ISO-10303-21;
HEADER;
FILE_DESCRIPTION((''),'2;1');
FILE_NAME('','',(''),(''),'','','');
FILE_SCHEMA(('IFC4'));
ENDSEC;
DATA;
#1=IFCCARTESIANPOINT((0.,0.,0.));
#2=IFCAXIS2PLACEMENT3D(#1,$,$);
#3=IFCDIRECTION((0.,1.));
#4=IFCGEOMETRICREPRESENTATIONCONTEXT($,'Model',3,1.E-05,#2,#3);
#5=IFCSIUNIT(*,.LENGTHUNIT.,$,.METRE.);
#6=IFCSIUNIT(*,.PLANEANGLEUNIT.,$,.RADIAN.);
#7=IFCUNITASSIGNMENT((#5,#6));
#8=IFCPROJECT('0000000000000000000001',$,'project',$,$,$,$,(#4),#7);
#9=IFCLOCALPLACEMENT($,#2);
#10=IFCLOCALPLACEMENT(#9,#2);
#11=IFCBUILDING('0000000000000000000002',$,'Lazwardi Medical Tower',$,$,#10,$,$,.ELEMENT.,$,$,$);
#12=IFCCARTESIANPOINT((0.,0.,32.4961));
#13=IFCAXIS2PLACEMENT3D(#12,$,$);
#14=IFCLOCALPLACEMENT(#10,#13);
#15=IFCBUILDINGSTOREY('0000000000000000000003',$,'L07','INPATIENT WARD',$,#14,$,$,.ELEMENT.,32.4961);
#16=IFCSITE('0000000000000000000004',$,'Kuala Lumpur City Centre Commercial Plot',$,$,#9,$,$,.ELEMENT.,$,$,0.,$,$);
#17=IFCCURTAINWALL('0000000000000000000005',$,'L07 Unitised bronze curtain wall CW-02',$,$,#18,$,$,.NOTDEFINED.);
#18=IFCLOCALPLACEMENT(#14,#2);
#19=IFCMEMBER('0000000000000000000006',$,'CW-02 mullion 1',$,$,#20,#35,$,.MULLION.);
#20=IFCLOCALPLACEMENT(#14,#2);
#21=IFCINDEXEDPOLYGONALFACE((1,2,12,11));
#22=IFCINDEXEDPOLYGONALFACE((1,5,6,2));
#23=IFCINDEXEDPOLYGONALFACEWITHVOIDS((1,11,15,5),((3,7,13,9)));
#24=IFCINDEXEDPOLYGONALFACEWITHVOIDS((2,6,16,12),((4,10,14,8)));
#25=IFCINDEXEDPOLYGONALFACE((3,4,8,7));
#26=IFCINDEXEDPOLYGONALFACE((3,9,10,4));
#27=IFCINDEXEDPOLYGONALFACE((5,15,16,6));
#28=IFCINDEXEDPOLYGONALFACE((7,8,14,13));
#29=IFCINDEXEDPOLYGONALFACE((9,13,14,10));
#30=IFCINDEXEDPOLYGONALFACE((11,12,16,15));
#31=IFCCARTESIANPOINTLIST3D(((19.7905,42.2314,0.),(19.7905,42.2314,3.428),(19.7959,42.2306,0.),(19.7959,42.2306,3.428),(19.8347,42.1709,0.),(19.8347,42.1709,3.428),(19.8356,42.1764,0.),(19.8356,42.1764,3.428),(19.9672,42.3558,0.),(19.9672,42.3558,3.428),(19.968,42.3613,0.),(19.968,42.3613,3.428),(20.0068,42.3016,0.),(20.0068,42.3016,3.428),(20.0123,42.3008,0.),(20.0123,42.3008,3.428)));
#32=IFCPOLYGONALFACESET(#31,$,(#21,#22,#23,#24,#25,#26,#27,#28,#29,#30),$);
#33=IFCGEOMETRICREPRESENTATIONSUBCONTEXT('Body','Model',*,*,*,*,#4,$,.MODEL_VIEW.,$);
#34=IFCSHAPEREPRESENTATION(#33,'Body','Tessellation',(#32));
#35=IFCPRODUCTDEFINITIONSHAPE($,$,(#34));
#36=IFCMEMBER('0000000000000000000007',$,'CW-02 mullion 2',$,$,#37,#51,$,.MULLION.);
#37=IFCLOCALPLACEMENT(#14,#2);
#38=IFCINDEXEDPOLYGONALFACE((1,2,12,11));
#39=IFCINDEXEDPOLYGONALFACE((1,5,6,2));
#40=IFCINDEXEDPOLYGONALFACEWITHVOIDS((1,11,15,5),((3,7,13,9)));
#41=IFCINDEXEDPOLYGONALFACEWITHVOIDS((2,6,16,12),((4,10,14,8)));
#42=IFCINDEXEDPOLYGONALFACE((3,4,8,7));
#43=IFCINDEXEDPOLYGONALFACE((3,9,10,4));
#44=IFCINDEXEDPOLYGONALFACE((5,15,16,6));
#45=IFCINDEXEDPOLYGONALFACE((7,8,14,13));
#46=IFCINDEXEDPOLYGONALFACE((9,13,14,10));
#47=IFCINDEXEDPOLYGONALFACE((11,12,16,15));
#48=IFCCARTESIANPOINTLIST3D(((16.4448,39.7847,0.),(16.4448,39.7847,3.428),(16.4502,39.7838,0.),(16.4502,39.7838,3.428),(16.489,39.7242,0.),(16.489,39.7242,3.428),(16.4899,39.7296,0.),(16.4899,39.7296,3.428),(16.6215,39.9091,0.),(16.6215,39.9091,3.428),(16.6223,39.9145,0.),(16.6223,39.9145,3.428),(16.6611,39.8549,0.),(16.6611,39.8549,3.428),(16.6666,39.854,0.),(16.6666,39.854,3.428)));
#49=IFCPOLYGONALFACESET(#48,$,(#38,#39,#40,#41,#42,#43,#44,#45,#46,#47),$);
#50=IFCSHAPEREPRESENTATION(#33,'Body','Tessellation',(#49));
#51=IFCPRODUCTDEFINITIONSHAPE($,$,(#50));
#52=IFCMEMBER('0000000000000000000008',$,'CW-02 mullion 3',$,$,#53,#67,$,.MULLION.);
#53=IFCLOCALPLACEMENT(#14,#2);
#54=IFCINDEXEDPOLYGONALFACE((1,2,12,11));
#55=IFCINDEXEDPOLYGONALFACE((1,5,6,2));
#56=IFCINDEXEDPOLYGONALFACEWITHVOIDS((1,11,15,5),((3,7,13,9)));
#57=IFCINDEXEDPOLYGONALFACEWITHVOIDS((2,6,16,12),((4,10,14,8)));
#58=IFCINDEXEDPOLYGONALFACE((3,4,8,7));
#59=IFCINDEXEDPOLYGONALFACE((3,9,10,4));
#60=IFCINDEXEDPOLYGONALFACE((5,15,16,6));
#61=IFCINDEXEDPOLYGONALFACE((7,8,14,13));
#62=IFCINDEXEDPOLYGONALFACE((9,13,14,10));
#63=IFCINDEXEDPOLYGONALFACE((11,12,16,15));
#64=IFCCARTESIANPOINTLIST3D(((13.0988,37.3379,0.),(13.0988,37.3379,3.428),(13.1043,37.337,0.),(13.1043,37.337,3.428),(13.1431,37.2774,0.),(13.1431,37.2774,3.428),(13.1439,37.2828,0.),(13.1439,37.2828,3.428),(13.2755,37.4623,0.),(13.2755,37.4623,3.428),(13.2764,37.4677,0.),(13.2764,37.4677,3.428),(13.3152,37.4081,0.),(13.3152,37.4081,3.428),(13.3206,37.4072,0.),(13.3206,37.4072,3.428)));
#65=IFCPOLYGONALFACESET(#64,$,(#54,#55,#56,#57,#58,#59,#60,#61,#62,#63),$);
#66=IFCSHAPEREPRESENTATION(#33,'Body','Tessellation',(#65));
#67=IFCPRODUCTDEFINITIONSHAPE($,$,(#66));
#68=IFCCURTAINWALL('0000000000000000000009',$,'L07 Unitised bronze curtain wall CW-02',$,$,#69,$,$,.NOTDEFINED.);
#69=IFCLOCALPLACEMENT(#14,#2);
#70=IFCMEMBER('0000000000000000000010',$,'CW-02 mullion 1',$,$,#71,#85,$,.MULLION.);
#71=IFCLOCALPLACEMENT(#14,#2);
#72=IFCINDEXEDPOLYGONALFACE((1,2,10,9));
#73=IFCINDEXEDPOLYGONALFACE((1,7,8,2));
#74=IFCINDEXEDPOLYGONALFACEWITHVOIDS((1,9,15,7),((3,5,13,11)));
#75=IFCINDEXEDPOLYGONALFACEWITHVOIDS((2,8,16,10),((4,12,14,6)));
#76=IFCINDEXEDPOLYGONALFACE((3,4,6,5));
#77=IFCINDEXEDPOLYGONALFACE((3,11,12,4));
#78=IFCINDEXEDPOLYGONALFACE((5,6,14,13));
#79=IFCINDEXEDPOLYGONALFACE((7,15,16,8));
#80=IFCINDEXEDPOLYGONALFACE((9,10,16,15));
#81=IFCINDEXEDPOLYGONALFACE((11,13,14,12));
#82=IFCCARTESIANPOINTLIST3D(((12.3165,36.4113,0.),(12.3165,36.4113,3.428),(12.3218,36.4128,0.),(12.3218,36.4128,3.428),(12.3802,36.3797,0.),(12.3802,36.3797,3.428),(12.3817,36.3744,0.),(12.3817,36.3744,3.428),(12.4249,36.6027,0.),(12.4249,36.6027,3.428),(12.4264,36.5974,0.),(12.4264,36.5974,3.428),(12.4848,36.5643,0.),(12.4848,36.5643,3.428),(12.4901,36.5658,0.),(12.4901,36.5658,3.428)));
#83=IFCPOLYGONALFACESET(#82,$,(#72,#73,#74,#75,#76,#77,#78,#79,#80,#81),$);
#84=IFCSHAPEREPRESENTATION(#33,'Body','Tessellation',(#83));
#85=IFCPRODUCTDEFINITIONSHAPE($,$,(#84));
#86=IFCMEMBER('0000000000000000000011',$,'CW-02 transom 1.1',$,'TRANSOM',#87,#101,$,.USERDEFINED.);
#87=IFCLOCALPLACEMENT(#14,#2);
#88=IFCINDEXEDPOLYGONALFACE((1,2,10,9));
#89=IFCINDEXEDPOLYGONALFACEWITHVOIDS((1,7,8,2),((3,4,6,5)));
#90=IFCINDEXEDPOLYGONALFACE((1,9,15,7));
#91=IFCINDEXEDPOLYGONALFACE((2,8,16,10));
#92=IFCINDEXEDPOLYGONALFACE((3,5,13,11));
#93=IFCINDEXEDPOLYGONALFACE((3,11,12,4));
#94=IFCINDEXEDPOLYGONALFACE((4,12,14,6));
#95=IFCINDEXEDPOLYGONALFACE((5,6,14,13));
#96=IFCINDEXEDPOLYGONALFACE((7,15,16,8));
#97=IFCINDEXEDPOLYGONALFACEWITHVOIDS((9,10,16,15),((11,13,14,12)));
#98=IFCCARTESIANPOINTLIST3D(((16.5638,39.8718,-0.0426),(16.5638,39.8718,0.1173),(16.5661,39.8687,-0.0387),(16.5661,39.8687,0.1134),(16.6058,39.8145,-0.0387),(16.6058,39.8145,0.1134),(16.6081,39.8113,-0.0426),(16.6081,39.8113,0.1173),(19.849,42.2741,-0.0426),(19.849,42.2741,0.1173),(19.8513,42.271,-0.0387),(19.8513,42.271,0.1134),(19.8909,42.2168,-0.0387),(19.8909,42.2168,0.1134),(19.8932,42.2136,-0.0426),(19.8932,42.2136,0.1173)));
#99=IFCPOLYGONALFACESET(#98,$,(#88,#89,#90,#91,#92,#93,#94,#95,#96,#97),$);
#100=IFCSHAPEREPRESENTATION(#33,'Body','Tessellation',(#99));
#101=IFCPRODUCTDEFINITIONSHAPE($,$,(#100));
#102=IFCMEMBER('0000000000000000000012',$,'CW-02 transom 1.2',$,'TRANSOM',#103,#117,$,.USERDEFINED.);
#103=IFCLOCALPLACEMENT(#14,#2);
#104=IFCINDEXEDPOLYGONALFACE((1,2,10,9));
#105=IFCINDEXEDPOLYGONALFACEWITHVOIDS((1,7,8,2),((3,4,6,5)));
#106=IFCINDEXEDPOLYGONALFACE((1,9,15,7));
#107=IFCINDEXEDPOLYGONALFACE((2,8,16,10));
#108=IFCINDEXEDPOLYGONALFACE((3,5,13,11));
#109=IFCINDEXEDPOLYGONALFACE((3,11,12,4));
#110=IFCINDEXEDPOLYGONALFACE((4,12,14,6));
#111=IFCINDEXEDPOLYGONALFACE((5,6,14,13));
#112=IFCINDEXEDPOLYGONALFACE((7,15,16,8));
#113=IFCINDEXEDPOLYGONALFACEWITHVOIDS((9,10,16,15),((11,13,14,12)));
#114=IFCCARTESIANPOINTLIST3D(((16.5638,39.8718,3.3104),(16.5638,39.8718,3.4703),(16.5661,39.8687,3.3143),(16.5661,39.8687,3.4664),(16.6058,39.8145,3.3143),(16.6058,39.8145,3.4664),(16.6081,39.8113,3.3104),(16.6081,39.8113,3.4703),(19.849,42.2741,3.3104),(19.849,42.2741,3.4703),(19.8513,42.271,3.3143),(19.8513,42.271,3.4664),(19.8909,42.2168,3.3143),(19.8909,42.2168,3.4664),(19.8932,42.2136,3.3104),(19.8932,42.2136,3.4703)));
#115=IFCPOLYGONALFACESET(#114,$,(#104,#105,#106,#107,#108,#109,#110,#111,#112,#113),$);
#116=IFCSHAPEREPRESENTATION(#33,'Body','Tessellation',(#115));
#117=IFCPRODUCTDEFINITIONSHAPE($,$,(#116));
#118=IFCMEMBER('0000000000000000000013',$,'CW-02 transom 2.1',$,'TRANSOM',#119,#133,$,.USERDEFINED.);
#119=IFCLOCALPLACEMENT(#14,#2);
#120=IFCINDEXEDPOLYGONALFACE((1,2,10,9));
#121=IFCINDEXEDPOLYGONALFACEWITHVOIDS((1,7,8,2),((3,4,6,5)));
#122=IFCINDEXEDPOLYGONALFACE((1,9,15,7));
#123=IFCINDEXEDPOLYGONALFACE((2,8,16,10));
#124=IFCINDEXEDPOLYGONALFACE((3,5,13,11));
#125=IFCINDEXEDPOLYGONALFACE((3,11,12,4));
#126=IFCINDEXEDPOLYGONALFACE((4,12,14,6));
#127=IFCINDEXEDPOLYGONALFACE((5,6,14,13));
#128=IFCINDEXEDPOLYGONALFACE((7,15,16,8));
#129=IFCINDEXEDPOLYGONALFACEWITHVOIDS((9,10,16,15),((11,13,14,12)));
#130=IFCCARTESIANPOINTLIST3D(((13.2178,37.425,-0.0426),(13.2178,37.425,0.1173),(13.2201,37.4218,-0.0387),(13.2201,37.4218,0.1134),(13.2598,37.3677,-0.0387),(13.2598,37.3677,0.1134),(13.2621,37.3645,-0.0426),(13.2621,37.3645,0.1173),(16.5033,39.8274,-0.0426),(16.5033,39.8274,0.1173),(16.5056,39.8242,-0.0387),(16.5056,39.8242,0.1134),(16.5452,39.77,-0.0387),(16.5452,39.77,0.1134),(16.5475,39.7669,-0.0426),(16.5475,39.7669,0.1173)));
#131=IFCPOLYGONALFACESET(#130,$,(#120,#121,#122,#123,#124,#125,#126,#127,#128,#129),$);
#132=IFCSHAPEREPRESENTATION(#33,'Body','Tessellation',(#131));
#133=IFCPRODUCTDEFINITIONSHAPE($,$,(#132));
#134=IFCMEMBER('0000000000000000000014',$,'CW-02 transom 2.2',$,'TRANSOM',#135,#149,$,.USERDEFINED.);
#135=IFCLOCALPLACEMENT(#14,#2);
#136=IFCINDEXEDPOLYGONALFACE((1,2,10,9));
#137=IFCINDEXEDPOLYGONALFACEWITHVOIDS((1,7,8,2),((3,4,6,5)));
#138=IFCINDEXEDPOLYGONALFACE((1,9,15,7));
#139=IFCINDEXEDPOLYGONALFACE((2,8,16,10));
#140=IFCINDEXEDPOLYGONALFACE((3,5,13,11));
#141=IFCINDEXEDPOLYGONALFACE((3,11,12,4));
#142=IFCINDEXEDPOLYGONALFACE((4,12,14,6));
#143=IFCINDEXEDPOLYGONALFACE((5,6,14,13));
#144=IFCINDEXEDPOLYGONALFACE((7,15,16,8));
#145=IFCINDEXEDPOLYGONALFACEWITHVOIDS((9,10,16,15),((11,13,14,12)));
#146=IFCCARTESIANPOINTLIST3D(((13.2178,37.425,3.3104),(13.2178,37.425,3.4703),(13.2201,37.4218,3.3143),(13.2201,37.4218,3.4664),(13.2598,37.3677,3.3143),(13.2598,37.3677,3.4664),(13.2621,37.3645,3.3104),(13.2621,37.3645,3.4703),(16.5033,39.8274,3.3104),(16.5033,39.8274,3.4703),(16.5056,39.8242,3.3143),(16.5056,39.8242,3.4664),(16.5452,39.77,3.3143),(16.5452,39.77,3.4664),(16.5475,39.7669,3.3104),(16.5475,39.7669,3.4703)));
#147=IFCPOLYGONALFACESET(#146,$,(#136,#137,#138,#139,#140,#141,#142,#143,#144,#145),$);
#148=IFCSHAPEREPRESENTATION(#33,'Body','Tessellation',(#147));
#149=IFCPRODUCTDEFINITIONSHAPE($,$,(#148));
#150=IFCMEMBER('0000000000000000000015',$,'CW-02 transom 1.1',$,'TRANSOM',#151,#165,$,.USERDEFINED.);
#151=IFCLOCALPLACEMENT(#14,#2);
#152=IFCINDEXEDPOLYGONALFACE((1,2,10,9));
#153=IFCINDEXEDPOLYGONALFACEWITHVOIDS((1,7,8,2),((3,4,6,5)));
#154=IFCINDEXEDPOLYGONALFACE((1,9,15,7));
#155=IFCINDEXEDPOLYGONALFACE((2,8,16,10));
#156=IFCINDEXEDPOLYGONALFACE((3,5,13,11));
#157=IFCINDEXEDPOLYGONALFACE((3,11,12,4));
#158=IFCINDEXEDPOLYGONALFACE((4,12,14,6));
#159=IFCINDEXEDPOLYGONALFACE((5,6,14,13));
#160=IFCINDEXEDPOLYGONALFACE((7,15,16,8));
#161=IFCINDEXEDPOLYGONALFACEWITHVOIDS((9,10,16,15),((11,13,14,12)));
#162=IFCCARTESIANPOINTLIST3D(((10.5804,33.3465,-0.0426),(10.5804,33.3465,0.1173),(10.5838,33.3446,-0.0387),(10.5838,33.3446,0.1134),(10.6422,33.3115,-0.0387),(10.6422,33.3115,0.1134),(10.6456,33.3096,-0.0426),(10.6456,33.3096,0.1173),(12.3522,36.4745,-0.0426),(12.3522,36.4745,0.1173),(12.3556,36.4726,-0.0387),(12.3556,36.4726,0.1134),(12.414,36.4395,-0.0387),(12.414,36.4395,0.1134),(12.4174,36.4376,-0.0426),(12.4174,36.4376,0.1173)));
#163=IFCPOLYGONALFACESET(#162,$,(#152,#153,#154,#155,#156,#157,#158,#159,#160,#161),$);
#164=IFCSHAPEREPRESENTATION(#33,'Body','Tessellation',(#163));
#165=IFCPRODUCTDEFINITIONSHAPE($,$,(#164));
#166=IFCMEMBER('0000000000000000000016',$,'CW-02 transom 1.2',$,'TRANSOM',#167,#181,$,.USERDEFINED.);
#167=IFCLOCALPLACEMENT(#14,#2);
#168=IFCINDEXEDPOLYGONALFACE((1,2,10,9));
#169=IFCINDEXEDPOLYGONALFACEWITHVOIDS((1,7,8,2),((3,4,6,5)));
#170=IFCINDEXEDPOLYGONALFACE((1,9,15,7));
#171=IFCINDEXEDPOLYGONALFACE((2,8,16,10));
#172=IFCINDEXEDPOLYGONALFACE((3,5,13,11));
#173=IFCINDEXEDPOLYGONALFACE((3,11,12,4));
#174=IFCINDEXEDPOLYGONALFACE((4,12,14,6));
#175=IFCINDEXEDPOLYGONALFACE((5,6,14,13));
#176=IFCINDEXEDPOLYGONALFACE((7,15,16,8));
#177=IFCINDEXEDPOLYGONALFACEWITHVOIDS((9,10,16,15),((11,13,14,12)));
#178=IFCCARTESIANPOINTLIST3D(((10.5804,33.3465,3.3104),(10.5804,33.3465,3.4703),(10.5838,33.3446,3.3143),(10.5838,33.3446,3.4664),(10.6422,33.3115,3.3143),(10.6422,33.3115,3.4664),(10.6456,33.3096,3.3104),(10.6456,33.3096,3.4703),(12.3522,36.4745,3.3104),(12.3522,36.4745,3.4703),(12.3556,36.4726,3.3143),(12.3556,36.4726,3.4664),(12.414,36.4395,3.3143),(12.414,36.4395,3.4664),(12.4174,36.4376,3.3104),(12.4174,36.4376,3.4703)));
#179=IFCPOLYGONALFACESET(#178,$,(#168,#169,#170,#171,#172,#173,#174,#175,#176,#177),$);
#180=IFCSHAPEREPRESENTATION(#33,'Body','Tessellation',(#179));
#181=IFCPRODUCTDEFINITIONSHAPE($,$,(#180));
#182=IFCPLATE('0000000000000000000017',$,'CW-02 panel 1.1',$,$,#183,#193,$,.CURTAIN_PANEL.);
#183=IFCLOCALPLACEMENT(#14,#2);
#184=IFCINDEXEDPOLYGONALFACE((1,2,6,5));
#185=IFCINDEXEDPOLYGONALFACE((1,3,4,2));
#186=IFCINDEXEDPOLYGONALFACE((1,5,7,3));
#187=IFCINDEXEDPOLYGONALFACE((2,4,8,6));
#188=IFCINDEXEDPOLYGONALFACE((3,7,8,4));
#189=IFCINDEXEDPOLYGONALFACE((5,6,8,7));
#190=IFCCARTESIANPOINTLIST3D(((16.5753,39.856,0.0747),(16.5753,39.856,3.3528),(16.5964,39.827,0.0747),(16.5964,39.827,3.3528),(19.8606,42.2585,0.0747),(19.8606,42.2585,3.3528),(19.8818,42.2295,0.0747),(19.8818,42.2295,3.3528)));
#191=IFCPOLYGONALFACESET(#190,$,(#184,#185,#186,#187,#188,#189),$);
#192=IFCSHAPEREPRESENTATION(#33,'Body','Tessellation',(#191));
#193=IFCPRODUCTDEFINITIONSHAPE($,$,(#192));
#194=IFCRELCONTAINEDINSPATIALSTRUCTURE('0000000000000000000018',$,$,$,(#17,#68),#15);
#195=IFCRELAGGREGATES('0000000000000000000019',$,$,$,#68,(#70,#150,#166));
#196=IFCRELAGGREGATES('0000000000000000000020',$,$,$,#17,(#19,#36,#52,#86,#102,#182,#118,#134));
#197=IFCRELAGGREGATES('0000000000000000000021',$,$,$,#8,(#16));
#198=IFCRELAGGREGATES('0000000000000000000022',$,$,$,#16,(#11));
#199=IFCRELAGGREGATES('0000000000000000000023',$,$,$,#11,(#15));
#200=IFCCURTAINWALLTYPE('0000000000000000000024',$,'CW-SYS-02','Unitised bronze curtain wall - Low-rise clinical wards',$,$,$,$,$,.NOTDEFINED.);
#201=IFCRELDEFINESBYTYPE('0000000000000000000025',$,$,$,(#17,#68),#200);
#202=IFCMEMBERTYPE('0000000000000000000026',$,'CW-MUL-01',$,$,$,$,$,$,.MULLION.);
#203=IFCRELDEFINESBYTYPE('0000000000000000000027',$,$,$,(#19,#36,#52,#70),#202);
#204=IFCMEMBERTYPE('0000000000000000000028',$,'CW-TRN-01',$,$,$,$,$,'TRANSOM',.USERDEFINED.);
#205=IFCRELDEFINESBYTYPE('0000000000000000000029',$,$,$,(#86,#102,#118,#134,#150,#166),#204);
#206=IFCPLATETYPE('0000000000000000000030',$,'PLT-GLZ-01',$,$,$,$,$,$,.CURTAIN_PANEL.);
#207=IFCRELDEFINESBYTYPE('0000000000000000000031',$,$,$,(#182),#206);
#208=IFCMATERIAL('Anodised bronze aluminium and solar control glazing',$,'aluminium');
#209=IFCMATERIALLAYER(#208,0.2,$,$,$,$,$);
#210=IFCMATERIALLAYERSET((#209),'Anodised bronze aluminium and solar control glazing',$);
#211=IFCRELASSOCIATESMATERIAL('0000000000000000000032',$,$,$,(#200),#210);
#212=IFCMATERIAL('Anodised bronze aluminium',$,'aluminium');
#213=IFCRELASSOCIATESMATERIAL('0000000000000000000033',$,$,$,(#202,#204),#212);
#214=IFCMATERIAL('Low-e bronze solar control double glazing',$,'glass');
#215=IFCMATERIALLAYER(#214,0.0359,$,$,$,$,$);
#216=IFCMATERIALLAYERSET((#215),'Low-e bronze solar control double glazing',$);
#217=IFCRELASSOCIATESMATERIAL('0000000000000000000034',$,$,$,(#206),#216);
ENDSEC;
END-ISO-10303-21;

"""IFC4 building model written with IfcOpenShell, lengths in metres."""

from ifc_helpers import new_model, si_unit, direction, frame, origin, origin_2d, place, context, subcontext, project, spatial, rectangle, hollow_rectangle, extrude, material, layer, layer_set, material_profile, profile_set, type_object, element, aggregate, save


model = new_model("IFC4")

# Units and contexts
model_context = context("Model", 3, precision=1e-05, world=origin(), true_north=direction((0.0, 1.0)))
body_context = subcontext(model_context, "Body", "Model", "MODEL_VIEW")
ifc_project = project(units=[si_unit("LENGTHUNIT", "METRE"), si_unit("PLANEANGLEUNIT", "RADIAN")], contexts=[model_context])

# Site, building, storey
site_placement = place(None, origin())
site = spatial("IfcSite", under=ifc_project, at=site_placement, Name="Kuala Lumpur City Centre Commercial Plot", CompositionType="ELEMENT", RefElevation=0.0)
building_placement = place(site_placement, origin())
building = spatial("IfcBuilding", under=site, at=building_placement, Name="Lazwardi Medical Tower", CompositionType="ELEMENT")
storey_placement = place(building_placement, frame((0.0, 0.0, 32.4961)))
storey = spatial("IfcBuildingStorey", under=building, at=storey_placement, Name="L07", Description="INPATIENT WARD", CompositionType="ELEMENT", Elevation=32.4961)

# Shared definitions
ifc_material_1 = material(Name="Anodised bronze aluminium and solar control glazing", Category="aluminium")
ifc_layer_1 = layer(ifc_material_1, 0.2)
ifc_layer_set_1 = layer_set([ifc_layer_1], Name="Anodised bronze aluminium and solar control glazing")
curtain_wall_type = type_object("IfcCurtainWallType", Name="CW-SYS-02", Description="Unitised bronze curtain wall - Low-rise clinical wards", PredefinedType="NOTDEFINED", material=ifc_layer_set_1)
ifc_material_2 = material(Name="Anodised bronze aluminium", Category="aluminium")
ifc_material_profile_1 = material_profile(ifc_material_2, hollow_rectangle(XDim=0.075, YDim=0.22, WallThickness=0.0039, at=origin_2d()), Name="ALU-MULLION 220x75x4")
ifc_profile_set_1 = profile_set([ifc_material_profile_1], Name="Anodised bronze aluminium")
member_type_1 = type_object("IfcMemberType", Name="CW-MUL-01", PredefinedType="MULLION", material=ifc_profile_set_1)

# Curtain wall, members
curtain_wall_1_placement = place(storey_placement, origin())
curtain_wall_1 = element("IfcCurtainWall", 1, at=curtain_wall_1_placement, inside=storey, type_object=curtain_wall_type, Name="L07 Unitised bronze curtain wall CW-02", PredefinedType="NOTDEFINED")
member_1_placement = place(storey_placement, frame((19.9014, 42.2661, 0.0), z_axis=(0.0, 0.0, 1.0), x_axis=(0.590289, -0.807192, 0.0)))
member_1 = element("IfcMember", 2, at=member_1_placement, type_object=member_type_1, Name="CW-02 mullion 1", PredefinedType="MULLION", context=body_context, shape_type="SweptSolid", body=[
    extrude(hollow_rectangle(XDim=0.075, YDim=0.22, WallThickness=0.0039, at=origin_2d()), origin(), (0.0, 0.0, 1.0), 3.428),
])
member_2_placement = place(storey_placement, frame((16.5557, 39.8193, 0.0), z_axis=(0.0, 0.0, 1.0), x_axis=(0.590289, -0.807192, 0.0)))
member_2 = element("IfcMember", 3, at=member_2_placement, type_object=member_type_1, Name="CW-02 mullion 2", PredefinedType="MULLION", context=body_context, shape_type="SweptSolid", body=[
    extrude(hollow_rectangle(XDim=0.075, YDim=0.22, WallThickness=0.0039, at=origin_2d()), origin(), (0.0, 0.0, 1.0), 3.428),
])
member_3_placement = place(storey_placement, frame((13.2097, 37.3726, 0.0), z_axis=(0.0, 0.0, 1.0), x_axis=(0.590289, -0.807192, 0.0)))
member_3 = element("IfcMember", 4, at=member_3_placement, type_object=member_type_1, Name="CW-02 mullion 3", PredefinedType="MULLION", context=body_context, shape_type="SweptSolid", body=[
    extrude(hollow_rectangle(XDim=0.075, YDim=0.22, WallThickness=0.0039, at=origin_2d()), origin(), (0.0, 0.0, 1.0), 3.428),
])

# Curtain wall, member
curtain_wall_2_placement = place(storey_placement, origin())
curtain_wall_2 = element("IfcCurtainWall", 5, at=curtain_wall_2_placement, inside=storey, type_object=curtain_wall_type, Name="L07 Unitised bronze curtain wall CW-02", PredefinedType="NOTDEFINED")
member_4_placement = place(storey_placement, frame((12.4033, 36.4885, 0.0), z_axis=(0.0, 0.0, 1.0), x_axis=(0.870112, -0.492854, 0.0)))
member_4 = element("IfcMember", 6, at=member_4_placement, type_object=member_type_1, Name="CW-02 mullion 1", PredefinedType="MULLION", context=body_context, shape_type="SweptSolid", body=[
    extrude(hollow_rectangle(XDim=0.075, YDim=0.22, WallThickness=0.0039, at=origin_2d()), origin(), (0.0, 0.0, 1.0), 3.428),
])

# Members
ifc_material_profile_2 = material_profile(ifc_material_2, hollow_rectangle(XDim=0.075, YDim=0.1599, WallThickness=0.0039, at=origin_2d()), Name="ALU-TRANSOM 160x75x4")
ifc_profile_set_2 = profile_set([ifc_material_profile_2], Name="Anodised bronze aluminium")
member_type_2 = type_object("IfcMemberType", Name="CW-TRN-01", ElementType="TRANSOM", PredefinedType="USERDEFINED", material=ifc_profile_set_2)
member_5_placement = place(storey_placement, frame((19.8711, 42.2439, 0.0374), z_axis=(-0.807198, -0.590281, 0.0), x_axis=(0.590281, -0.807198, 0.0)))
member_5 = element("IfcMember", 7, at=member_5_placement, type_object=member_type_2, Name="CW-02 transom 1.1", ObjectType="TRANSOM", PredefinedType="USERDEFINED", context=body_context, shape_type="SweptSolid", body=[
    extrude(hollow_rectangle(XDim=0.075, YDim=0.1599, WallThickness=0.0039, at=origin_2d()), origin(), (0.0, 0.0, 1.0), 4.0698),
])
member_6_placement = place(storey_placement, frame((19.8711, 42.2439, 3.3904), z_axis=(-0.807198, -0.590281, 0.0), x_axis=(0.590281, -0.807198, 0.0)))
member_6 = element("IfcMember", 8, at=member_6_placement, type_object=member_type_2, Name="CW-02 transom 1.2", ObjectType="TRANSOM", PredefinedType="USERDEFINED", context=body_context, shape_type="SweptSolid", body=[
    extrude(hollow_rectangle(XDim=0.075, YDim=0.1599, WallThickness=0.0039, at=origin_2d()), origin(), (0.0, 0.0, 1.0), 4.0698),
])
member_7_placement = place(storey_placement, frame((16.5254, 39.7971, 0.0374), z_axis=(-0.807219, -0.590253, 0.0), x_axis=(0.590253, -0.807219, 0.0)))
member_7 = element("IfcMember", 9, at=member_7_placement, type_object=member_type_2, Name="CW-02 transom 2.1", ObjectType="TRANSOM", PredefinedType="USERDEFINED", context=body_context, shape_type="SweptSolid", body=[
    extrude(hollow_rectangle(XDim=0.075, YDim=0.1599, WallThickness=0.0039, at=origin_2d()), origin(), (0.0, 0.0, 1.0), 4.0701),
])
member_8_placement = place(storey_placement, frame((16.5254, 39.7971, 3.3904), z_axis=(-0.807219, -0.590253, 0.0), x_axis=(0.590253, -0.807219, 0.0)))
member_8 = element("IfcMember", 10, at=member_8_placement, type_object=member_type_2, Name="CW-02 transom 2.2", ObjectType="TRANSOM", PredefinedType="USERDEFINED", context=body_context, shape_type="SweptSolid", body=[
    extrude(hollow_rectangle(XDim=0.075, YDim=0.1599, WallThickness=0.0039, at=origin_2d()), origin(), (0.0, 0.0, 1.0), 4.0701),
])
member_9_placement = place(storey_placement, frame((12.3848, 36.4561, 0.0374), z_axis=(-0.492851, -0.870113, 0.0), x_axis=(0.870113, -0.492851, 0.0)))
member_9 = element("IfcMember", 11, at=member_9_placement, type_object=member_type_2, Name="CW-02 transom 1.1", ObjectType="TRANSOM", PredefinedType="USERDEFINED", context=body_context, shape_type="SweptSolid", body=[
    extrude(hollow_rectangle(XDim=0.075, YDim=0.1599, WallThickness=0.0039, at=origin_2d()), origin(), (0.0, 0.0, 1.0), 3.595),
])
member_10_placement = place(storey_placement, frame((12.3848, 36.4561, 3.3904), z_axis=(-0.492851, -0.870113, 0.0), x_axis=(0.870113, -0.492851, 0.0)))
member_10 = element("IfcMember", 12, at=member_10_placement, type_object=member_type_2, Name="CW-02 transom 1.2", ObjectType="TRANSOM", PredefinedType="USERDEFINED", context=body_context, shape_type="SweptSolid", body=[
    extrude(hollow_rectangle(XDim=0.075, YDim=0.1599, WallThickness=0.0039, at=origin_2d()), origin(), (0.0, 0.0, 1.0), 3.595),
])
aggregate(curtain_wall_2, [member_4, member_9, member_10])

# Plate
ifc_material_3 = material(Name="Low-e bronze solar control double glazing", Category="glass")
ifc_layer_2 = layer(ifc_material_3, 0.0359)
ifc_layer_set_2 = layer_set([ifc_layer_2], Name="Low-e bronze solar control double glazing")
plate_type = type_object("IfcPlateType", Name="PLT-GLZ-01", PredefinedType="CURTAIN_PANEL", material=ifc_layer_set_2)
plate_1_placement = place(storey_placement, frame((18.2285, 41.0427, 0.0747), z_axis=(0.0, 0.0, 1.0), x_axis=(-0.807192, -0.590289, 0.0)))
plate_1 = element("IfcPlate", 13, at=plate_1_placement, type_object=plate_type, Name="CW-02 panel 1.1", PredefinedType="CURTAIN_PANEL", context=body_context, shape_type="SweptSolid", body=[
    extrude(rectangle(XDim=4.0701, YDim=0.0359, at=origin_2d()), origin(), (0.0, 0.0, 1.0), 3.2781),
])
aggregate(curtain_wall_1, [member_1, member_2, member_3, member_5, member_6, plate_1, member_7, member_8])

save(model, "model.ifc")
